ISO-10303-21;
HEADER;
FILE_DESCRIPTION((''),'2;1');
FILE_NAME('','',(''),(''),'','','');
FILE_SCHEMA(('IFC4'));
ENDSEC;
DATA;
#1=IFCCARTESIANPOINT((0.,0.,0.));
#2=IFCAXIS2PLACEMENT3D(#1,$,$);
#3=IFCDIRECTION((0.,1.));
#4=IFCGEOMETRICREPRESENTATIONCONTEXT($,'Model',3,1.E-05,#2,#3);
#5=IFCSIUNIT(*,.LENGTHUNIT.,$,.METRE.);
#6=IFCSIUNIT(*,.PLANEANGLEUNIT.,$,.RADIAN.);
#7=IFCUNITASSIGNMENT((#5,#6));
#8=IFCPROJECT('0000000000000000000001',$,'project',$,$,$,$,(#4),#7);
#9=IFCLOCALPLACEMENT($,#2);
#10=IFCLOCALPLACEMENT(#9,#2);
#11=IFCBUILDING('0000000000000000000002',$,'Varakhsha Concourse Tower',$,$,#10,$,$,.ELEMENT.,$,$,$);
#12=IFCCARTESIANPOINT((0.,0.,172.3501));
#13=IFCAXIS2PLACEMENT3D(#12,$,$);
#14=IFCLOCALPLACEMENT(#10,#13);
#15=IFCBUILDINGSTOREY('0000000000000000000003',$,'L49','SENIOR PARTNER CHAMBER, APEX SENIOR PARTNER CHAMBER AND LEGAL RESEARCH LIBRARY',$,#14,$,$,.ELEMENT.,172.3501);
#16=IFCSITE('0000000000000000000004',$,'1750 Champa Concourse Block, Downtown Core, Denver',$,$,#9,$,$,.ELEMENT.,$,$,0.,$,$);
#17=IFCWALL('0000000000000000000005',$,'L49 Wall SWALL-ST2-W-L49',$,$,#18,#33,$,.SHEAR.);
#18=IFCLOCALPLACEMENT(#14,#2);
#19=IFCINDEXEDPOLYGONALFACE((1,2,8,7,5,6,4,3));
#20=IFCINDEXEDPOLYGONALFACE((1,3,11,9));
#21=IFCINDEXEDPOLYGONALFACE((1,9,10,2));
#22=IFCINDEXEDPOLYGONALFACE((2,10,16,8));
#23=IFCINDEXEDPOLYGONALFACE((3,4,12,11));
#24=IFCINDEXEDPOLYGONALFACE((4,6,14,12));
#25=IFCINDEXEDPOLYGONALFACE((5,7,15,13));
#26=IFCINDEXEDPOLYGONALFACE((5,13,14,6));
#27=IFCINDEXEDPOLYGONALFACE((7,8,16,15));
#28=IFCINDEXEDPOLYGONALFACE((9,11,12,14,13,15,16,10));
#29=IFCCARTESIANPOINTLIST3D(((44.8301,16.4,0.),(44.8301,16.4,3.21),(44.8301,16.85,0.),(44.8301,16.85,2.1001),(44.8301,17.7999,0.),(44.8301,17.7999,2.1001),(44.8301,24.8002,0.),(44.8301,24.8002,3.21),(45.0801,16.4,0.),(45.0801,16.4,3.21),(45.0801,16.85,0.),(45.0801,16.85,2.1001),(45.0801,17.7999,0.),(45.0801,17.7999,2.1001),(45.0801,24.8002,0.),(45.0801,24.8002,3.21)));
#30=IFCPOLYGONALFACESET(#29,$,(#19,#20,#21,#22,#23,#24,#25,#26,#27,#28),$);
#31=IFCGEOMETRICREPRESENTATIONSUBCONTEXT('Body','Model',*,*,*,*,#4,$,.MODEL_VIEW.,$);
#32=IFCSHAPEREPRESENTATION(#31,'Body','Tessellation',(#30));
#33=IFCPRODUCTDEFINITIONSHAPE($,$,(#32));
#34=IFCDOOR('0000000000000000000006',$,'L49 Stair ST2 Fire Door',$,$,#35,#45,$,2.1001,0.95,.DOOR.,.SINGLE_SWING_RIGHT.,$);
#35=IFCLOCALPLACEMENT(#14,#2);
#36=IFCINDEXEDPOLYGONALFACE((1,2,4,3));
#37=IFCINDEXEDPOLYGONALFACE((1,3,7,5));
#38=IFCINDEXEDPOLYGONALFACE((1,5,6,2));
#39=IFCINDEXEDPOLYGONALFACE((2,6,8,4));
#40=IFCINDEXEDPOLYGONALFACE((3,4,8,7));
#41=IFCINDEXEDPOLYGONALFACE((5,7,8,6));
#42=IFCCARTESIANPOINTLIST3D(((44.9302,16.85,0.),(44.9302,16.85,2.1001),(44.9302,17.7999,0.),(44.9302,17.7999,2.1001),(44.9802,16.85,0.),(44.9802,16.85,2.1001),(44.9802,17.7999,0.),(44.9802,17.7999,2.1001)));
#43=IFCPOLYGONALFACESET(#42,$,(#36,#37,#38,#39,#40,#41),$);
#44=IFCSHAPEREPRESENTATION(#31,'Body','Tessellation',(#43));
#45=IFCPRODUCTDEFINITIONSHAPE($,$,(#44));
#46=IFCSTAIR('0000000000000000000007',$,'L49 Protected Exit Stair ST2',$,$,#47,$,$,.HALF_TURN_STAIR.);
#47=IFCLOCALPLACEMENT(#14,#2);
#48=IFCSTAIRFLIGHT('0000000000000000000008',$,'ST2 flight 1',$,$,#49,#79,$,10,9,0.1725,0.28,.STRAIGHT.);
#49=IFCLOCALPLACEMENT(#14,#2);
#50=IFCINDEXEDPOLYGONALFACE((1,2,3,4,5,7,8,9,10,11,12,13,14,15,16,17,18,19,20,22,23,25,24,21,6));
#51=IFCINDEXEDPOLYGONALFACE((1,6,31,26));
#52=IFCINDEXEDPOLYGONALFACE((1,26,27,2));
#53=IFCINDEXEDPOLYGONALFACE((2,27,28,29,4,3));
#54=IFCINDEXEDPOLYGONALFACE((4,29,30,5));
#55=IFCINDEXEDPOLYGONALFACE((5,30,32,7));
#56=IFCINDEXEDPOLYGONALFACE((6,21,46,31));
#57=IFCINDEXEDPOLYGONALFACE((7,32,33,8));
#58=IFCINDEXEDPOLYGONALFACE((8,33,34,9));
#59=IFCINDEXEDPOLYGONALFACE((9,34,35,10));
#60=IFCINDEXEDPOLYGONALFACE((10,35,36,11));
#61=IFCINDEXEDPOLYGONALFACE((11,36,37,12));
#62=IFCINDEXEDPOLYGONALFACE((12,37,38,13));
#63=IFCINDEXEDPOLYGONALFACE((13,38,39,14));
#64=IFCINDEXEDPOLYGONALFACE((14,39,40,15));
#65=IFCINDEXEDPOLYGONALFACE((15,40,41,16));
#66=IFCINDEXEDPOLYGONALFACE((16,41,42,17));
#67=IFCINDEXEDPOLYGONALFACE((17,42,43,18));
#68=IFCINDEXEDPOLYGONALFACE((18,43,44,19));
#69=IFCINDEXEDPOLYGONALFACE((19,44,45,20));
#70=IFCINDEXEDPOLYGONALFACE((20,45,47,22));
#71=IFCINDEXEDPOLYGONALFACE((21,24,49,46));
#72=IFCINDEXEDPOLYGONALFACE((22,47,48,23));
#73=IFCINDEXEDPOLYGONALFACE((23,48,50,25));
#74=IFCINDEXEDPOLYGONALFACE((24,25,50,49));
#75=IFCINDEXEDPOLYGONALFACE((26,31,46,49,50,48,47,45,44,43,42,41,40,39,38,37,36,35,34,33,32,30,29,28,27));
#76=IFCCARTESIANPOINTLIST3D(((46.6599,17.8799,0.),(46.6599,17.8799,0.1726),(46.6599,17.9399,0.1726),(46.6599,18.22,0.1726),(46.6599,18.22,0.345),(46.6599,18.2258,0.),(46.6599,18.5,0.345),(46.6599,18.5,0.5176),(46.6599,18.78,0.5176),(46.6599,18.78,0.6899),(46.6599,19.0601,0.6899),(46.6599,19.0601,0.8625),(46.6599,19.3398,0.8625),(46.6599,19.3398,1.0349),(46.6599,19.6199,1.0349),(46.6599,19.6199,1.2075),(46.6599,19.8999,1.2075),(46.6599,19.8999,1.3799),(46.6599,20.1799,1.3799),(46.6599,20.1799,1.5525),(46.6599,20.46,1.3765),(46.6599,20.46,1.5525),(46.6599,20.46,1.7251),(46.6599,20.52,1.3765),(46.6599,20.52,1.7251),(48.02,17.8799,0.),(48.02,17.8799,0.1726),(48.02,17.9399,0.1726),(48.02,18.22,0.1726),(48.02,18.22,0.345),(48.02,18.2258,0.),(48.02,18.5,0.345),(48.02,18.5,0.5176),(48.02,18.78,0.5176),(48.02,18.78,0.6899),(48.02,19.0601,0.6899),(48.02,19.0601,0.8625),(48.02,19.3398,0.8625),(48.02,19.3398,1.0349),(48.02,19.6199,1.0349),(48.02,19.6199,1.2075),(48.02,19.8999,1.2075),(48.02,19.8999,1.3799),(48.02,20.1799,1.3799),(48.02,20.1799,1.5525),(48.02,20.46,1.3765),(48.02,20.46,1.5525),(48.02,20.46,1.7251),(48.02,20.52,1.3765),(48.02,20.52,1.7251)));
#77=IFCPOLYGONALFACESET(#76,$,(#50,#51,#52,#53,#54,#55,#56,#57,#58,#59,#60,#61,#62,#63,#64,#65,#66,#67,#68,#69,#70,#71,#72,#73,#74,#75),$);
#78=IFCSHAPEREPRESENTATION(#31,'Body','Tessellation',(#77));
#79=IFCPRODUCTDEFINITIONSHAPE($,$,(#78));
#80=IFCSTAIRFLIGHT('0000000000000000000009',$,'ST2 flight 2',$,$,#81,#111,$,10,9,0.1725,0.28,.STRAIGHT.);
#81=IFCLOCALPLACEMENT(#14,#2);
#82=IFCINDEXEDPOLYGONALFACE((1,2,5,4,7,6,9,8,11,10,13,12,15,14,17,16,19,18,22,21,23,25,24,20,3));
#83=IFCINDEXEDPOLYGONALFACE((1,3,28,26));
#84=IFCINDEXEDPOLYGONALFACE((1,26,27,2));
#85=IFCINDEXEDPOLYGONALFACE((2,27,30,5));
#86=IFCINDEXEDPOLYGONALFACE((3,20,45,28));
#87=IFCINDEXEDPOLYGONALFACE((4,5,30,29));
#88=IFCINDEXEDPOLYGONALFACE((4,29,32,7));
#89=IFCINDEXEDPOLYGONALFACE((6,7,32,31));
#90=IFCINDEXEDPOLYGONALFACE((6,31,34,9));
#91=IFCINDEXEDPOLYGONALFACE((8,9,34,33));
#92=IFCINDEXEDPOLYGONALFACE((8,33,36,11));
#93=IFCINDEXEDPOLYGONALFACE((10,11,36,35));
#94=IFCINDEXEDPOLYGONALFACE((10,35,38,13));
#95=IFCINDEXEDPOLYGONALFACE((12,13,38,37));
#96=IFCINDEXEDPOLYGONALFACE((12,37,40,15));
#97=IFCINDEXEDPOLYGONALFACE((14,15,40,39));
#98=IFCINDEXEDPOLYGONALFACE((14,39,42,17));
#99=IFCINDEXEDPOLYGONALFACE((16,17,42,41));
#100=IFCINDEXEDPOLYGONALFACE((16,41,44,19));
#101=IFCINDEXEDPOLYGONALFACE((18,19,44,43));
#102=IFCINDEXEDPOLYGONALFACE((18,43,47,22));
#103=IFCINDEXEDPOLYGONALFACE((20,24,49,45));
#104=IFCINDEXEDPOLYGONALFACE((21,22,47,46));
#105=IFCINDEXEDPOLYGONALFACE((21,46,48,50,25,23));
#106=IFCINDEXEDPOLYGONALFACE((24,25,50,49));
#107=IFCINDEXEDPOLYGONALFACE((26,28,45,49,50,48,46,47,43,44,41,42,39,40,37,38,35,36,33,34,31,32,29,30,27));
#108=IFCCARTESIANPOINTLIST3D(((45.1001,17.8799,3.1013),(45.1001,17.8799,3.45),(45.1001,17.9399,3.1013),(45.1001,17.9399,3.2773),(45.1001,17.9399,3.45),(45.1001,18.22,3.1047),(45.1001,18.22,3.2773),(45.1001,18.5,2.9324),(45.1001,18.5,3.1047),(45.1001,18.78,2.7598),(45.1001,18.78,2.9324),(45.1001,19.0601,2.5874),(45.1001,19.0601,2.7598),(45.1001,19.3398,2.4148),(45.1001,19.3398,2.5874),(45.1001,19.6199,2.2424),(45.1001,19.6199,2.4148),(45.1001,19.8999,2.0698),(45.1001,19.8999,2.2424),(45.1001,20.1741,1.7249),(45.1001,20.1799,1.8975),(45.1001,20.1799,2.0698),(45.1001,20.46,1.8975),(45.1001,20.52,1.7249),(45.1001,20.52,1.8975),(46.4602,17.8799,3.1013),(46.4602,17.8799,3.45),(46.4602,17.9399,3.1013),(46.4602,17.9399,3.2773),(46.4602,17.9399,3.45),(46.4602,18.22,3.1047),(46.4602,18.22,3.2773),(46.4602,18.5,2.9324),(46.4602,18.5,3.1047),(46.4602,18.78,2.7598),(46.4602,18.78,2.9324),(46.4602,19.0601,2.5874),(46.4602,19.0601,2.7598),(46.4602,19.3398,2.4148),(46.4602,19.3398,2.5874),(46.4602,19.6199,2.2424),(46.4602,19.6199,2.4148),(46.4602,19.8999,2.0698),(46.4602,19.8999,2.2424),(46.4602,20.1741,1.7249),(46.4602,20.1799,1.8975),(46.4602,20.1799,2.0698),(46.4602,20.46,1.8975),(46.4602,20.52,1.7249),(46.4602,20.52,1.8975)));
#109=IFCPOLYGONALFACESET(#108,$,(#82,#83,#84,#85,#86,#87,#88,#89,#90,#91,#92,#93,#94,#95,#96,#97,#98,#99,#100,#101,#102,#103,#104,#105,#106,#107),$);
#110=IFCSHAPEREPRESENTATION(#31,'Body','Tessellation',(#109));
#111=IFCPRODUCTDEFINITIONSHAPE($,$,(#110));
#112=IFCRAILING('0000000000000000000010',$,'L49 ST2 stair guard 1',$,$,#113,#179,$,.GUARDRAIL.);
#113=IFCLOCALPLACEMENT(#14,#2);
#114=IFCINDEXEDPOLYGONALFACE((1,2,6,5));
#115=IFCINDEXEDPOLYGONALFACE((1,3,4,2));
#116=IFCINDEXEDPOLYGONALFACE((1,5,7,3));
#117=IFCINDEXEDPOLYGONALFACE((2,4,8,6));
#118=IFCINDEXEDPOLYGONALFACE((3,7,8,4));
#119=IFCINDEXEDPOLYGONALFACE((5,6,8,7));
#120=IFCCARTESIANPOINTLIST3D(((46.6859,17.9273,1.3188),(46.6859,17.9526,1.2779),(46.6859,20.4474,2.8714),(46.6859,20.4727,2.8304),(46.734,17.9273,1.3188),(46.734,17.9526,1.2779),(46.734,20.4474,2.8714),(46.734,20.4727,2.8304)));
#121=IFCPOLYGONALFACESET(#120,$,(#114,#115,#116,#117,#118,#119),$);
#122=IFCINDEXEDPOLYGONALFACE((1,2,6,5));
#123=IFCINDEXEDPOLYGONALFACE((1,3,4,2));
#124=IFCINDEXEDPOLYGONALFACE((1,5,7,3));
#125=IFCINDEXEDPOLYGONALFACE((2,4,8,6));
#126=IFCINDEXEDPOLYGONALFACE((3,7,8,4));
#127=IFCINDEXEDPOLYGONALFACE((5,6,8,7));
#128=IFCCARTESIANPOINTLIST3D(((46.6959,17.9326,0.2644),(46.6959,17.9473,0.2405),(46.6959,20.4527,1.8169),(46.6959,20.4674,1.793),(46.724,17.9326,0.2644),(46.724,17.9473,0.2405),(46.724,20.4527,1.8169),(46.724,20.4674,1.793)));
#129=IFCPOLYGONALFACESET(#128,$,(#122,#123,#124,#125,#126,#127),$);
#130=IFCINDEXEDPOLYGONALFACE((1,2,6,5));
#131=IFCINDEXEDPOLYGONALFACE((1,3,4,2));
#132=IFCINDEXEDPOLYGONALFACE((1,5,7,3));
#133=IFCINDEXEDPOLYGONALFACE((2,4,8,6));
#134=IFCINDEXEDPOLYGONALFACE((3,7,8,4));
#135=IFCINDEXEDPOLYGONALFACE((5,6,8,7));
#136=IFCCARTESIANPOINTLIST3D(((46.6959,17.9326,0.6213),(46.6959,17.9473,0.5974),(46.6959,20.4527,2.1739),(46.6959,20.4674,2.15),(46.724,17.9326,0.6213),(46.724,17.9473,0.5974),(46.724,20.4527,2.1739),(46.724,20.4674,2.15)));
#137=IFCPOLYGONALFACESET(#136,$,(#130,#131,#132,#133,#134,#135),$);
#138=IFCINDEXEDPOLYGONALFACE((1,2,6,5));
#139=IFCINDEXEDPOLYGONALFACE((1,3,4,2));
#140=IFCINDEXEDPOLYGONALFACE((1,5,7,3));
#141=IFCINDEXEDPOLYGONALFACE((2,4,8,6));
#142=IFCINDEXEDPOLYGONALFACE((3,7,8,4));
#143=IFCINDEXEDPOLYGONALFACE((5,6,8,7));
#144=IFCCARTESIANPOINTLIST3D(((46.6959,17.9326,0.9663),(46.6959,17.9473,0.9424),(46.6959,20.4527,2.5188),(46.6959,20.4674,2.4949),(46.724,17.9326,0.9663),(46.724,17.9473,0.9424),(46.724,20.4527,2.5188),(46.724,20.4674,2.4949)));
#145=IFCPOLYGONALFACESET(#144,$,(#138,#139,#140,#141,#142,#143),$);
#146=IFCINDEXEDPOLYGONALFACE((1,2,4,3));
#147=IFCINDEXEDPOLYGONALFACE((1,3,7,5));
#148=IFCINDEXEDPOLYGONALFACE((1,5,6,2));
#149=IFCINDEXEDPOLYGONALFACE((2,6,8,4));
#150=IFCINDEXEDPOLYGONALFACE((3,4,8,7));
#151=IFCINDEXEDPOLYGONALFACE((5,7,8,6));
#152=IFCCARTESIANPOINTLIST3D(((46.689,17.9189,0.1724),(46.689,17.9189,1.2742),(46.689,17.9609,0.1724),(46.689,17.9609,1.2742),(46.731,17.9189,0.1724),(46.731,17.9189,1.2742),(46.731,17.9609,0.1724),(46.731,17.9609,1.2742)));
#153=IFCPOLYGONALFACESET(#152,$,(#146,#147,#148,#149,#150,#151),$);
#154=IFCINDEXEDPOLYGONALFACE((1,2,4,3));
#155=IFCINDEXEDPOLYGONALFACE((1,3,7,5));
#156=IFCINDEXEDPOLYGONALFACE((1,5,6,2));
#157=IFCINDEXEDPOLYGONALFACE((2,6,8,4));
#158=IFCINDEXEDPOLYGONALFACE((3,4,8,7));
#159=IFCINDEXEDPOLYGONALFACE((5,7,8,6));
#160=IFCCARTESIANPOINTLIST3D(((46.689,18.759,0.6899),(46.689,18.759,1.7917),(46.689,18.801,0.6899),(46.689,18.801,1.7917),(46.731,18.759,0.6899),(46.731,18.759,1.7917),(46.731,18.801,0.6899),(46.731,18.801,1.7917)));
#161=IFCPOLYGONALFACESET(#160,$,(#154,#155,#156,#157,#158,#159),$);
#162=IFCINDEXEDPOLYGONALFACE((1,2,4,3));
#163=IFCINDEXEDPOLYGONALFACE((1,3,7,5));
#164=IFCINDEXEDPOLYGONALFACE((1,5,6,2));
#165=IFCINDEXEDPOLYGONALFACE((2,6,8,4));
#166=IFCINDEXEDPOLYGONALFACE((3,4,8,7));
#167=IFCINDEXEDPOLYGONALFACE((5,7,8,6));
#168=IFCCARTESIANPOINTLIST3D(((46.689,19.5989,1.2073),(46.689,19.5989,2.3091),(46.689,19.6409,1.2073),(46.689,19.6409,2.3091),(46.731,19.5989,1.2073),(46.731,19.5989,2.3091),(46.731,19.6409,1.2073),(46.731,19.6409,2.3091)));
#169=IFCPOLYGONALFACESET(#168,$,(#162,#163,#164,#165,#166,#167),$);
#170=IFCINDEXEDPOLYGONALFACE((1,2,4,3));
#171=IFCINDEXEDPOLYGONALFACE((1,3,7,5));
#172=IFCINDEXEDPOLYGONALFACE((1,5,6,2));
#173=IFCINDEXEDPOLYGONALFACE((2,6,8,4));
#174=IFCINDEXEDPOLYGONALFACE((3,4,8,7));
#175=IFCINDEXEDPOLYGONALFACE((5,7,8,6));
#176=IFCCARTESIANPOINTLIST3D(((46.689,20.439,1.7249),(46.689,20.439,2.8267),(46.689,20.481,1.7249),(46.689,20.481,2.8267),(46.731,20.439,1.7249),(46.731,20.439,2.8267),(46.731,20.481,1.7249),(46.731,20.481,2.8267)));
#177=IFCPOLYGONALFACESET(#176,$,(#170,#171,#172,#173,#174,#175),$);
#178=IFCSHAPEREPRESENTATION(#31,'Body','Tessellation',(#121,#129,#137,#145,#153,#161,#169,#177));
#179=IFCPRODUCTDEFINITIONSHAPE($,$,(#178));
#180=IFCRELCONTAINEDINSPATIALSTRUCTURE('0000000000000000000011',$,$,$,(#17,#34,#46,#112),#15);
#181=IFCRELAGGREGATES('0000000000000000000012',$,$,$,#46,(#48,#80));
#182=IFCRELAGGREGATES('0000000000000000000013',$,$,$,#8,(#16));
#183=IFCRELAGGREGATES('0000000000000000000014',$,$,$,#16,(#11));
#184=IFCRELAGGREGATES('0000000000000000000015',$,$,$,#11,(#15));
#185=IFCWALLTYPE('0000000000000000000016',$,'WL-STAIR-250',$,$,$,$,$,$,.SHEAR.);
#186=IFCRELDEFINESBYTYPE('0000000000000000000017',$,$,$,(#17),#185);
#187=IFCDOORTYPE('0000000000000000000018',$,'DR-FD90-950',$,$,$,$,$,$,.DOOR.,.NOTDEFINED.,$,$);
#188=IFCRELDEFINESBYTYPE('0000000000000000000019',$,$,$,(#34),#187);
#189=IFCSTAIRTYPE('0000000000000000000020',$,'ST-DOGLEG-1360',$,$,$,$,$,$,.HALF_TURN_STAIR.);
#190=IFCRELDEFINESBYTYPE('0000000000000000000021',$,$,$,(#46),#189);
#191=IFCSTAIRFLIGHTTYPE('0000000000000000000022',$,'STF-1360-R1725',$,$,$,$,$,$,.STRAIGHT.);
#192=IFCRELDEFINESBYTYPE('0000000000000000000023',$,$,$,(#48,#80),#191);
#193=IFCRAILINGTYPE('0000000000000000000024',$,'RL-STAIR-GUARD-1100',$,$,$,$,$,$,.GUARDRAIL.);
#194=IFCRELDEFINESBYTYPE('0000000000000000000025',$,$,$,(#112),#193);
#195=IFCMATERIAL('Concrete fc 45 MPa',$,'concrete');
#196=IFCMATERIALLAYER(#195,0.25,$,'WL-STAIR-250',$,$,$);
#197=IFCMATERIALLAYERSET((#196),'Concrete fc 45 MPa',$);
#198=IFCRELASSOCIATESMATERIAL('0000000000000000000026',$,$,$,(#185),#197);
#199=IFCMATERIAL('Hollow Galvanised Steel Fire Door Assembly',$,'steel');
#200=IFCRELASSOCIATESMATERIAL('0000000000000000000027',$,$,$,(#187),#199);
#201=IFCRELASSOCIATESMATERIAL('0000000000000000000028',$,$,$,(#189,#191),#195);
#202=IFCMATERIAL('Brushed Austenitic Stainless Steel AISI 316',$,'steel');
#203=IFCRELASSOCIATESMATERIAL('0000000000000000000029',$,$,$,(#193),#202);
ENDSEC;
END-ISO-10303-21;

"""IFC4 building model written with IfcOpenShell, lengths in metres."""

from ifc_helpers import new_model, si_unit, direction, frame, frame_2d, origin, origin_2d, place, context, subcontext, project, spatial, polyline, rectangle, outline, extrude, material, layer, layer_set, type_object, element, fill, aggregate, save


model = new_model("IFC4")

# Units and contexts
model_context = context("Model", 3, precision=1e-05, world=origin(), true_north=direction((0.0, 1.0)))
body_context = subcontext(model_context, "Body", "Model", "MODEL_VIEW")
ifc_project = project(units=[si_unit("LENGTHUNIT", "METRE"), si_unit("PLANEANGLEUNIT", "RADIAN")], contexts=[model_context])

# Site, building, storey
site_placement = place(None, origin())
site = spatial("IfcSite", under=ifc_project, at=site_placement, Name="1750 Champa Concourse Block, Downtown Core, Denver", CompositionType="ELEMENT", RefElevation=0.0)
building_placement = place(site_placement, origin())
building = spatial("IfcBuilding", under=site, at=building_placement, Name="Varakhsha Concourse Tower", CompositionType="ELEMENT")
storey_placement = place(building_placement, frame((0.0, 0.0, 172.3501)))
storey = spatial("IfcBuildingStorey", under=building, at=storey_placement, Name="L49", Description="SENIOR PARTNER CHAMBER, APEX SENIOR PARTNER CHAMBER AND LEGAL RESEARCH LIBRARY", CompositionType="ELEMENT", Elevation=172.3501)

# Wall, opening, door
ifc_material_1 = material(Name="Hollow Galvanised Steel Fire Door Assembly", Category="steel")
ifc_material_2 = material(Name="Concrete fc 45 MPa", Category="concrete")
ifc_layer_1 = layer(ifc_material_2, 0.25, Name="WL-STAIR-250")
ifc_layer_set_1 = layer_set([ifc_layer_1], Name="Concrete fc 45 MPa")
wall_type_1 = type_object("IfcWallType", Name="WL-STAIR-250", PredefinedType="SHEAR", material=ifc_layer_set_1)
wall_1_placement = place(storey_placement, frame((44.9551, 16.3999, 0.0), z_axis=(0.0, 0.0, 1.0), x_axis=(0.0, 1.0, 0.0)))
wall_1 = element("IfcWall", 1, at=wall_1_placement, inside=storey, type_object=wall_type_1, Name="L49 Wall SWALL-ST2-W-L49", PredefinedType="SHEAR", context=body_context, shape_type="SweptSolid", body=[
    extrude(rectangle(XDim=8.4001, YDim=0.25, at=frame_2d((4.2002, 0.0))), origin(), (0.0, 0.0, 1.0), 3.21),
])
opening_1_placement = place(wall_1_placement, frame((0.45, 0.0, 0.0)))
opening_1 = element("IfcOpeningElement", 2, at=opening_1_placement, cuts=wall_1, PredefinedType="OPENING", context=body_context, shape_type="SweptSolid", body=[
    extrude(rectangle(XDim=0.95, YDim=2.1001, at=frame_2d((0.4751, 1.05))), frame((0.0, 0.135, 0.0), z_axis=(0.0, -1.0, 0.0), x_axis=(1.0, 0.0, 0.0)), (0.0, 0.0, 1.0), 0.27),
])
door_type_1 = type_object("IfcDoorType", Name="DR-FD90-950", OperationType="NOTDEFINED", PredefinedType="DOOR", material=ifc_material_1)
door_1_placement = place(opening_1_placement, origin())
door_1 = element("IfcDoor", 3, at=door_1_placement, inside=storey, type_object=door_type_1, Name="L49 Stair ST2 Fire Door", OperationType="SINGLE_SWING_RIGHT", OverallHeight=2.1001, OverallWidth=0.95, PredefinedType="DOOR", context=body_context, shape_type="SweptSolid", body=[
    extrude(rectangle(XDim=0.95, YDim=2.1001, at=frame_2d((0.4751, 1.05))), frame((0.0, 0.0249, 0.0), z_axis=(0.0, -1.0, 0.0), x_axis=(1.0, 0.0, 0.0)), (0.0, 0.0, 1.0), 0.05),
])
fill(opening_1, door_1)

# Stair, stair flights
stair_type = type_object("IfcStairType", Name="ST-DOGLEG-1360", PredefinedType="HALF_TURN_STAIR", material=ifc_material_2)
stair_placement = place(storey_placement, origin())
stair = element("IfcStair", 4, at=stair_placement, inside=storey, type_object=stair_type, Name="L49 Protected Exit Stair ST2", PredefinedType="HALF_TURN_STAIR")
stair_flight_type = type_object("IfcStairFlightType", Name="STF-1360-R1725", PredefinedType="STRAIGHT", material=ifc_material_2)
stair_flight_1_placement = place(storey_placement, frame((47.3401, 17.9399, 0.0), z_axis=(0.0, 0.0, 1.0), x_axis=(0.0, 1.0, 0.0)))
stair_flight_1 = element("IfcStairFlight", 5, at=stair_flight_1_placement, type_object=stair_flight_type, Name="ST2 flight 1", NumberOfRisers=10, NumberOfTreads=9, PredefinedType="STRAIGHT", RiserHeight=0.1725, TreadLength=0.28, context=body_context, shape_type="SweptSolid", body=[
    extrude(outline(polyline([(-0.0601, 0.0), (-0.0601, 0.1726), (0.0, 0.1726), (0.28, 0.1726), (0.28, 0.345), (0.5601, 0.345), (0.5601, 0.5176), (0.8401, 0.5176), (0.8401, 0.6899), (1.1201, 0.6899), (1.1201, 0.8625), (1.3999, 0.8625), (1.3999, 1.0349), (1.6799, 1.0349), (1.6799, 1.2075), (1.96, 1.2075), (1.96, 1.3799), (2.24, 1.3799), (2.24, 1.5525), (2.52, 1.5525), (2.52, 1.7251), (2.5801, 1.7251), (2.5801, 1.3765), (2.52, 1.3765), (0.2859, 0.0), (-0.0601, 0.0)])), frame((0.0, 0.6802, 0.0), z_axis=(0.0, -1.0, 0.0), x_axis=(1.0, 0.0, 0.0)), (0.0, 0.0, 1.0), 1.3601),
])
stair_flight_2_placement = place(storey_placement, frame((45.78, 20.46, 1.7249), z_axis=(0.0, 0.0, 1.0), x_axis=(0.0, -1.0, 0.0)))
stair_flight_2 = element("IfcStairFlight", 6, at=stair_flight_2_placement, type_object=stair_flight_type, Name="ST2 flight 2", NumberOfRisers=10, NumberOfTreads=9, PredefinedType="STRAIGHT", RiserHeight=0.1725, TreadLength=0.28, context=body_context, shape_type="SweptSolid", body=[
    extrude(outline(polyline([(-0.0601, 0.0), (-0.0601, 0.1726), (0.0, 0.1726), (0.28, 0.1726), (0.28, 0.345), (0.5601, 0.345), (0.5601, 0.5176), (0.8401, 0.5176), (0.8401, 0.6899), (1.1201, 0.6899), (1.1201, 0.8625), (1.3999, 0.8625), (1.3999, 1.0349), (1.6799, 1.0349), (1.6799, 1.2075), (1.96, 1.2075), (1.96, 1.3799), (2.24, 1.3799), (2.24, 1.5525), (2.52, 1.5525), (2.52, 1.7251), (2.5801, 1.7251), (2.5801, 1.3765), (2.52, 1.3765), (0.2859, 0.0), (-0.0601, 0.0)])), frame((0.0, 0.6802, 0.0), z_axis=(0.0, -1.0, 0.0), x_axis=(1.0, 0.0, 0.0)), (0.0, 0.0, 1.0), 1.3601),
])
aggregate(stair, [stair_flight_1, stair_flight_2])

# Railing
ifc_material_3 = material(Name="Brushed Austenitic Stainless Steel AISI 316", Category="steel")
railing_type_1 = type_object("IfcRailingType", Name="RL-STAIR-GUARD-1100", PredefinedType="GUARDRAIL", material=ifc_material_3)
railing_1_placement = place(storey_placement, frame((46.71, 17.9399, 0.1724)))
element("IfcRailing", 7, at=railing_1_placement, inside=storey, type_object=railing_type_1, Name="L49 ST2 stair guard 1", PredefinedType="GUARDRAIL", context=body_context, shape_type="SweptSolid", body=[
    extrude(rectangle(XDim=0.0481, YDim=0.0481, at=origin_2d()), frame((0.0, 0.0, 1.126), z_axis=(0.0, 0.8514, 0.524516), x_axis=(-1.0, 0.0, 0.0)), (0.0, 0.0, 1.0), 2.96),
    extrude(rectangle(XDim=0.0281, YDim=0.0281, at=origin_2d()), frame((0.0, 0.0, 0.0801), z_axis=(0.0, 0.8514, 0.524516), x_axis=(-1.0, 0.0, 0.0)), (0.0, 0.0, 1.0), 2.96),
    extrude(rectangle(XDim=0.0281, YDim=0.0281, at=origin_2d()), frame((0.0, 0.0, 0.437), z_axis=(0.0, 0.8514, 0.524516), x_axis=(-1.0, 0.0, 0.0)), (0.0, 0.0, 1.0), 2.96),
    extrude(rectangle(XDim=0.0281, YDim=0.0281, at=origin_2d()), frame((0.0, 0.0, 0.782), z_axis=(0.0, 0.8514, 0.524516), x_axis=(-1.0, 0.0, 0.0)), (0.0, 0.0, 1.0), 2.96),
    extrude(rectangle(XDim=0.042, YDim=0.042, at=origin_2d()), origin(), (0.0, 0.0, 1.0), 1.1018),
    extrude(rectangle(XDim=0.042, YDim=0.042, at=origin_2d()), frame((0.0, 0.8401, 0.5176)), (0.0, 0.0, 1.0), 1.1018),
    extrude(rectangle(XDim=0.042, YDim=0.042, at=origin_2d()), frame((0.0, 1.6799, 1.0349)), (0.0, 0.0, 1.0), 1.1018),
    extrude(rectangle(XDim=0.042, YDim=0.042, at=origin_2d()), frame((0.0, 2.52, 1.5525)), (0.0, 0.0, 1.0), 1.1018),
])

save(model, "model.ifc")
